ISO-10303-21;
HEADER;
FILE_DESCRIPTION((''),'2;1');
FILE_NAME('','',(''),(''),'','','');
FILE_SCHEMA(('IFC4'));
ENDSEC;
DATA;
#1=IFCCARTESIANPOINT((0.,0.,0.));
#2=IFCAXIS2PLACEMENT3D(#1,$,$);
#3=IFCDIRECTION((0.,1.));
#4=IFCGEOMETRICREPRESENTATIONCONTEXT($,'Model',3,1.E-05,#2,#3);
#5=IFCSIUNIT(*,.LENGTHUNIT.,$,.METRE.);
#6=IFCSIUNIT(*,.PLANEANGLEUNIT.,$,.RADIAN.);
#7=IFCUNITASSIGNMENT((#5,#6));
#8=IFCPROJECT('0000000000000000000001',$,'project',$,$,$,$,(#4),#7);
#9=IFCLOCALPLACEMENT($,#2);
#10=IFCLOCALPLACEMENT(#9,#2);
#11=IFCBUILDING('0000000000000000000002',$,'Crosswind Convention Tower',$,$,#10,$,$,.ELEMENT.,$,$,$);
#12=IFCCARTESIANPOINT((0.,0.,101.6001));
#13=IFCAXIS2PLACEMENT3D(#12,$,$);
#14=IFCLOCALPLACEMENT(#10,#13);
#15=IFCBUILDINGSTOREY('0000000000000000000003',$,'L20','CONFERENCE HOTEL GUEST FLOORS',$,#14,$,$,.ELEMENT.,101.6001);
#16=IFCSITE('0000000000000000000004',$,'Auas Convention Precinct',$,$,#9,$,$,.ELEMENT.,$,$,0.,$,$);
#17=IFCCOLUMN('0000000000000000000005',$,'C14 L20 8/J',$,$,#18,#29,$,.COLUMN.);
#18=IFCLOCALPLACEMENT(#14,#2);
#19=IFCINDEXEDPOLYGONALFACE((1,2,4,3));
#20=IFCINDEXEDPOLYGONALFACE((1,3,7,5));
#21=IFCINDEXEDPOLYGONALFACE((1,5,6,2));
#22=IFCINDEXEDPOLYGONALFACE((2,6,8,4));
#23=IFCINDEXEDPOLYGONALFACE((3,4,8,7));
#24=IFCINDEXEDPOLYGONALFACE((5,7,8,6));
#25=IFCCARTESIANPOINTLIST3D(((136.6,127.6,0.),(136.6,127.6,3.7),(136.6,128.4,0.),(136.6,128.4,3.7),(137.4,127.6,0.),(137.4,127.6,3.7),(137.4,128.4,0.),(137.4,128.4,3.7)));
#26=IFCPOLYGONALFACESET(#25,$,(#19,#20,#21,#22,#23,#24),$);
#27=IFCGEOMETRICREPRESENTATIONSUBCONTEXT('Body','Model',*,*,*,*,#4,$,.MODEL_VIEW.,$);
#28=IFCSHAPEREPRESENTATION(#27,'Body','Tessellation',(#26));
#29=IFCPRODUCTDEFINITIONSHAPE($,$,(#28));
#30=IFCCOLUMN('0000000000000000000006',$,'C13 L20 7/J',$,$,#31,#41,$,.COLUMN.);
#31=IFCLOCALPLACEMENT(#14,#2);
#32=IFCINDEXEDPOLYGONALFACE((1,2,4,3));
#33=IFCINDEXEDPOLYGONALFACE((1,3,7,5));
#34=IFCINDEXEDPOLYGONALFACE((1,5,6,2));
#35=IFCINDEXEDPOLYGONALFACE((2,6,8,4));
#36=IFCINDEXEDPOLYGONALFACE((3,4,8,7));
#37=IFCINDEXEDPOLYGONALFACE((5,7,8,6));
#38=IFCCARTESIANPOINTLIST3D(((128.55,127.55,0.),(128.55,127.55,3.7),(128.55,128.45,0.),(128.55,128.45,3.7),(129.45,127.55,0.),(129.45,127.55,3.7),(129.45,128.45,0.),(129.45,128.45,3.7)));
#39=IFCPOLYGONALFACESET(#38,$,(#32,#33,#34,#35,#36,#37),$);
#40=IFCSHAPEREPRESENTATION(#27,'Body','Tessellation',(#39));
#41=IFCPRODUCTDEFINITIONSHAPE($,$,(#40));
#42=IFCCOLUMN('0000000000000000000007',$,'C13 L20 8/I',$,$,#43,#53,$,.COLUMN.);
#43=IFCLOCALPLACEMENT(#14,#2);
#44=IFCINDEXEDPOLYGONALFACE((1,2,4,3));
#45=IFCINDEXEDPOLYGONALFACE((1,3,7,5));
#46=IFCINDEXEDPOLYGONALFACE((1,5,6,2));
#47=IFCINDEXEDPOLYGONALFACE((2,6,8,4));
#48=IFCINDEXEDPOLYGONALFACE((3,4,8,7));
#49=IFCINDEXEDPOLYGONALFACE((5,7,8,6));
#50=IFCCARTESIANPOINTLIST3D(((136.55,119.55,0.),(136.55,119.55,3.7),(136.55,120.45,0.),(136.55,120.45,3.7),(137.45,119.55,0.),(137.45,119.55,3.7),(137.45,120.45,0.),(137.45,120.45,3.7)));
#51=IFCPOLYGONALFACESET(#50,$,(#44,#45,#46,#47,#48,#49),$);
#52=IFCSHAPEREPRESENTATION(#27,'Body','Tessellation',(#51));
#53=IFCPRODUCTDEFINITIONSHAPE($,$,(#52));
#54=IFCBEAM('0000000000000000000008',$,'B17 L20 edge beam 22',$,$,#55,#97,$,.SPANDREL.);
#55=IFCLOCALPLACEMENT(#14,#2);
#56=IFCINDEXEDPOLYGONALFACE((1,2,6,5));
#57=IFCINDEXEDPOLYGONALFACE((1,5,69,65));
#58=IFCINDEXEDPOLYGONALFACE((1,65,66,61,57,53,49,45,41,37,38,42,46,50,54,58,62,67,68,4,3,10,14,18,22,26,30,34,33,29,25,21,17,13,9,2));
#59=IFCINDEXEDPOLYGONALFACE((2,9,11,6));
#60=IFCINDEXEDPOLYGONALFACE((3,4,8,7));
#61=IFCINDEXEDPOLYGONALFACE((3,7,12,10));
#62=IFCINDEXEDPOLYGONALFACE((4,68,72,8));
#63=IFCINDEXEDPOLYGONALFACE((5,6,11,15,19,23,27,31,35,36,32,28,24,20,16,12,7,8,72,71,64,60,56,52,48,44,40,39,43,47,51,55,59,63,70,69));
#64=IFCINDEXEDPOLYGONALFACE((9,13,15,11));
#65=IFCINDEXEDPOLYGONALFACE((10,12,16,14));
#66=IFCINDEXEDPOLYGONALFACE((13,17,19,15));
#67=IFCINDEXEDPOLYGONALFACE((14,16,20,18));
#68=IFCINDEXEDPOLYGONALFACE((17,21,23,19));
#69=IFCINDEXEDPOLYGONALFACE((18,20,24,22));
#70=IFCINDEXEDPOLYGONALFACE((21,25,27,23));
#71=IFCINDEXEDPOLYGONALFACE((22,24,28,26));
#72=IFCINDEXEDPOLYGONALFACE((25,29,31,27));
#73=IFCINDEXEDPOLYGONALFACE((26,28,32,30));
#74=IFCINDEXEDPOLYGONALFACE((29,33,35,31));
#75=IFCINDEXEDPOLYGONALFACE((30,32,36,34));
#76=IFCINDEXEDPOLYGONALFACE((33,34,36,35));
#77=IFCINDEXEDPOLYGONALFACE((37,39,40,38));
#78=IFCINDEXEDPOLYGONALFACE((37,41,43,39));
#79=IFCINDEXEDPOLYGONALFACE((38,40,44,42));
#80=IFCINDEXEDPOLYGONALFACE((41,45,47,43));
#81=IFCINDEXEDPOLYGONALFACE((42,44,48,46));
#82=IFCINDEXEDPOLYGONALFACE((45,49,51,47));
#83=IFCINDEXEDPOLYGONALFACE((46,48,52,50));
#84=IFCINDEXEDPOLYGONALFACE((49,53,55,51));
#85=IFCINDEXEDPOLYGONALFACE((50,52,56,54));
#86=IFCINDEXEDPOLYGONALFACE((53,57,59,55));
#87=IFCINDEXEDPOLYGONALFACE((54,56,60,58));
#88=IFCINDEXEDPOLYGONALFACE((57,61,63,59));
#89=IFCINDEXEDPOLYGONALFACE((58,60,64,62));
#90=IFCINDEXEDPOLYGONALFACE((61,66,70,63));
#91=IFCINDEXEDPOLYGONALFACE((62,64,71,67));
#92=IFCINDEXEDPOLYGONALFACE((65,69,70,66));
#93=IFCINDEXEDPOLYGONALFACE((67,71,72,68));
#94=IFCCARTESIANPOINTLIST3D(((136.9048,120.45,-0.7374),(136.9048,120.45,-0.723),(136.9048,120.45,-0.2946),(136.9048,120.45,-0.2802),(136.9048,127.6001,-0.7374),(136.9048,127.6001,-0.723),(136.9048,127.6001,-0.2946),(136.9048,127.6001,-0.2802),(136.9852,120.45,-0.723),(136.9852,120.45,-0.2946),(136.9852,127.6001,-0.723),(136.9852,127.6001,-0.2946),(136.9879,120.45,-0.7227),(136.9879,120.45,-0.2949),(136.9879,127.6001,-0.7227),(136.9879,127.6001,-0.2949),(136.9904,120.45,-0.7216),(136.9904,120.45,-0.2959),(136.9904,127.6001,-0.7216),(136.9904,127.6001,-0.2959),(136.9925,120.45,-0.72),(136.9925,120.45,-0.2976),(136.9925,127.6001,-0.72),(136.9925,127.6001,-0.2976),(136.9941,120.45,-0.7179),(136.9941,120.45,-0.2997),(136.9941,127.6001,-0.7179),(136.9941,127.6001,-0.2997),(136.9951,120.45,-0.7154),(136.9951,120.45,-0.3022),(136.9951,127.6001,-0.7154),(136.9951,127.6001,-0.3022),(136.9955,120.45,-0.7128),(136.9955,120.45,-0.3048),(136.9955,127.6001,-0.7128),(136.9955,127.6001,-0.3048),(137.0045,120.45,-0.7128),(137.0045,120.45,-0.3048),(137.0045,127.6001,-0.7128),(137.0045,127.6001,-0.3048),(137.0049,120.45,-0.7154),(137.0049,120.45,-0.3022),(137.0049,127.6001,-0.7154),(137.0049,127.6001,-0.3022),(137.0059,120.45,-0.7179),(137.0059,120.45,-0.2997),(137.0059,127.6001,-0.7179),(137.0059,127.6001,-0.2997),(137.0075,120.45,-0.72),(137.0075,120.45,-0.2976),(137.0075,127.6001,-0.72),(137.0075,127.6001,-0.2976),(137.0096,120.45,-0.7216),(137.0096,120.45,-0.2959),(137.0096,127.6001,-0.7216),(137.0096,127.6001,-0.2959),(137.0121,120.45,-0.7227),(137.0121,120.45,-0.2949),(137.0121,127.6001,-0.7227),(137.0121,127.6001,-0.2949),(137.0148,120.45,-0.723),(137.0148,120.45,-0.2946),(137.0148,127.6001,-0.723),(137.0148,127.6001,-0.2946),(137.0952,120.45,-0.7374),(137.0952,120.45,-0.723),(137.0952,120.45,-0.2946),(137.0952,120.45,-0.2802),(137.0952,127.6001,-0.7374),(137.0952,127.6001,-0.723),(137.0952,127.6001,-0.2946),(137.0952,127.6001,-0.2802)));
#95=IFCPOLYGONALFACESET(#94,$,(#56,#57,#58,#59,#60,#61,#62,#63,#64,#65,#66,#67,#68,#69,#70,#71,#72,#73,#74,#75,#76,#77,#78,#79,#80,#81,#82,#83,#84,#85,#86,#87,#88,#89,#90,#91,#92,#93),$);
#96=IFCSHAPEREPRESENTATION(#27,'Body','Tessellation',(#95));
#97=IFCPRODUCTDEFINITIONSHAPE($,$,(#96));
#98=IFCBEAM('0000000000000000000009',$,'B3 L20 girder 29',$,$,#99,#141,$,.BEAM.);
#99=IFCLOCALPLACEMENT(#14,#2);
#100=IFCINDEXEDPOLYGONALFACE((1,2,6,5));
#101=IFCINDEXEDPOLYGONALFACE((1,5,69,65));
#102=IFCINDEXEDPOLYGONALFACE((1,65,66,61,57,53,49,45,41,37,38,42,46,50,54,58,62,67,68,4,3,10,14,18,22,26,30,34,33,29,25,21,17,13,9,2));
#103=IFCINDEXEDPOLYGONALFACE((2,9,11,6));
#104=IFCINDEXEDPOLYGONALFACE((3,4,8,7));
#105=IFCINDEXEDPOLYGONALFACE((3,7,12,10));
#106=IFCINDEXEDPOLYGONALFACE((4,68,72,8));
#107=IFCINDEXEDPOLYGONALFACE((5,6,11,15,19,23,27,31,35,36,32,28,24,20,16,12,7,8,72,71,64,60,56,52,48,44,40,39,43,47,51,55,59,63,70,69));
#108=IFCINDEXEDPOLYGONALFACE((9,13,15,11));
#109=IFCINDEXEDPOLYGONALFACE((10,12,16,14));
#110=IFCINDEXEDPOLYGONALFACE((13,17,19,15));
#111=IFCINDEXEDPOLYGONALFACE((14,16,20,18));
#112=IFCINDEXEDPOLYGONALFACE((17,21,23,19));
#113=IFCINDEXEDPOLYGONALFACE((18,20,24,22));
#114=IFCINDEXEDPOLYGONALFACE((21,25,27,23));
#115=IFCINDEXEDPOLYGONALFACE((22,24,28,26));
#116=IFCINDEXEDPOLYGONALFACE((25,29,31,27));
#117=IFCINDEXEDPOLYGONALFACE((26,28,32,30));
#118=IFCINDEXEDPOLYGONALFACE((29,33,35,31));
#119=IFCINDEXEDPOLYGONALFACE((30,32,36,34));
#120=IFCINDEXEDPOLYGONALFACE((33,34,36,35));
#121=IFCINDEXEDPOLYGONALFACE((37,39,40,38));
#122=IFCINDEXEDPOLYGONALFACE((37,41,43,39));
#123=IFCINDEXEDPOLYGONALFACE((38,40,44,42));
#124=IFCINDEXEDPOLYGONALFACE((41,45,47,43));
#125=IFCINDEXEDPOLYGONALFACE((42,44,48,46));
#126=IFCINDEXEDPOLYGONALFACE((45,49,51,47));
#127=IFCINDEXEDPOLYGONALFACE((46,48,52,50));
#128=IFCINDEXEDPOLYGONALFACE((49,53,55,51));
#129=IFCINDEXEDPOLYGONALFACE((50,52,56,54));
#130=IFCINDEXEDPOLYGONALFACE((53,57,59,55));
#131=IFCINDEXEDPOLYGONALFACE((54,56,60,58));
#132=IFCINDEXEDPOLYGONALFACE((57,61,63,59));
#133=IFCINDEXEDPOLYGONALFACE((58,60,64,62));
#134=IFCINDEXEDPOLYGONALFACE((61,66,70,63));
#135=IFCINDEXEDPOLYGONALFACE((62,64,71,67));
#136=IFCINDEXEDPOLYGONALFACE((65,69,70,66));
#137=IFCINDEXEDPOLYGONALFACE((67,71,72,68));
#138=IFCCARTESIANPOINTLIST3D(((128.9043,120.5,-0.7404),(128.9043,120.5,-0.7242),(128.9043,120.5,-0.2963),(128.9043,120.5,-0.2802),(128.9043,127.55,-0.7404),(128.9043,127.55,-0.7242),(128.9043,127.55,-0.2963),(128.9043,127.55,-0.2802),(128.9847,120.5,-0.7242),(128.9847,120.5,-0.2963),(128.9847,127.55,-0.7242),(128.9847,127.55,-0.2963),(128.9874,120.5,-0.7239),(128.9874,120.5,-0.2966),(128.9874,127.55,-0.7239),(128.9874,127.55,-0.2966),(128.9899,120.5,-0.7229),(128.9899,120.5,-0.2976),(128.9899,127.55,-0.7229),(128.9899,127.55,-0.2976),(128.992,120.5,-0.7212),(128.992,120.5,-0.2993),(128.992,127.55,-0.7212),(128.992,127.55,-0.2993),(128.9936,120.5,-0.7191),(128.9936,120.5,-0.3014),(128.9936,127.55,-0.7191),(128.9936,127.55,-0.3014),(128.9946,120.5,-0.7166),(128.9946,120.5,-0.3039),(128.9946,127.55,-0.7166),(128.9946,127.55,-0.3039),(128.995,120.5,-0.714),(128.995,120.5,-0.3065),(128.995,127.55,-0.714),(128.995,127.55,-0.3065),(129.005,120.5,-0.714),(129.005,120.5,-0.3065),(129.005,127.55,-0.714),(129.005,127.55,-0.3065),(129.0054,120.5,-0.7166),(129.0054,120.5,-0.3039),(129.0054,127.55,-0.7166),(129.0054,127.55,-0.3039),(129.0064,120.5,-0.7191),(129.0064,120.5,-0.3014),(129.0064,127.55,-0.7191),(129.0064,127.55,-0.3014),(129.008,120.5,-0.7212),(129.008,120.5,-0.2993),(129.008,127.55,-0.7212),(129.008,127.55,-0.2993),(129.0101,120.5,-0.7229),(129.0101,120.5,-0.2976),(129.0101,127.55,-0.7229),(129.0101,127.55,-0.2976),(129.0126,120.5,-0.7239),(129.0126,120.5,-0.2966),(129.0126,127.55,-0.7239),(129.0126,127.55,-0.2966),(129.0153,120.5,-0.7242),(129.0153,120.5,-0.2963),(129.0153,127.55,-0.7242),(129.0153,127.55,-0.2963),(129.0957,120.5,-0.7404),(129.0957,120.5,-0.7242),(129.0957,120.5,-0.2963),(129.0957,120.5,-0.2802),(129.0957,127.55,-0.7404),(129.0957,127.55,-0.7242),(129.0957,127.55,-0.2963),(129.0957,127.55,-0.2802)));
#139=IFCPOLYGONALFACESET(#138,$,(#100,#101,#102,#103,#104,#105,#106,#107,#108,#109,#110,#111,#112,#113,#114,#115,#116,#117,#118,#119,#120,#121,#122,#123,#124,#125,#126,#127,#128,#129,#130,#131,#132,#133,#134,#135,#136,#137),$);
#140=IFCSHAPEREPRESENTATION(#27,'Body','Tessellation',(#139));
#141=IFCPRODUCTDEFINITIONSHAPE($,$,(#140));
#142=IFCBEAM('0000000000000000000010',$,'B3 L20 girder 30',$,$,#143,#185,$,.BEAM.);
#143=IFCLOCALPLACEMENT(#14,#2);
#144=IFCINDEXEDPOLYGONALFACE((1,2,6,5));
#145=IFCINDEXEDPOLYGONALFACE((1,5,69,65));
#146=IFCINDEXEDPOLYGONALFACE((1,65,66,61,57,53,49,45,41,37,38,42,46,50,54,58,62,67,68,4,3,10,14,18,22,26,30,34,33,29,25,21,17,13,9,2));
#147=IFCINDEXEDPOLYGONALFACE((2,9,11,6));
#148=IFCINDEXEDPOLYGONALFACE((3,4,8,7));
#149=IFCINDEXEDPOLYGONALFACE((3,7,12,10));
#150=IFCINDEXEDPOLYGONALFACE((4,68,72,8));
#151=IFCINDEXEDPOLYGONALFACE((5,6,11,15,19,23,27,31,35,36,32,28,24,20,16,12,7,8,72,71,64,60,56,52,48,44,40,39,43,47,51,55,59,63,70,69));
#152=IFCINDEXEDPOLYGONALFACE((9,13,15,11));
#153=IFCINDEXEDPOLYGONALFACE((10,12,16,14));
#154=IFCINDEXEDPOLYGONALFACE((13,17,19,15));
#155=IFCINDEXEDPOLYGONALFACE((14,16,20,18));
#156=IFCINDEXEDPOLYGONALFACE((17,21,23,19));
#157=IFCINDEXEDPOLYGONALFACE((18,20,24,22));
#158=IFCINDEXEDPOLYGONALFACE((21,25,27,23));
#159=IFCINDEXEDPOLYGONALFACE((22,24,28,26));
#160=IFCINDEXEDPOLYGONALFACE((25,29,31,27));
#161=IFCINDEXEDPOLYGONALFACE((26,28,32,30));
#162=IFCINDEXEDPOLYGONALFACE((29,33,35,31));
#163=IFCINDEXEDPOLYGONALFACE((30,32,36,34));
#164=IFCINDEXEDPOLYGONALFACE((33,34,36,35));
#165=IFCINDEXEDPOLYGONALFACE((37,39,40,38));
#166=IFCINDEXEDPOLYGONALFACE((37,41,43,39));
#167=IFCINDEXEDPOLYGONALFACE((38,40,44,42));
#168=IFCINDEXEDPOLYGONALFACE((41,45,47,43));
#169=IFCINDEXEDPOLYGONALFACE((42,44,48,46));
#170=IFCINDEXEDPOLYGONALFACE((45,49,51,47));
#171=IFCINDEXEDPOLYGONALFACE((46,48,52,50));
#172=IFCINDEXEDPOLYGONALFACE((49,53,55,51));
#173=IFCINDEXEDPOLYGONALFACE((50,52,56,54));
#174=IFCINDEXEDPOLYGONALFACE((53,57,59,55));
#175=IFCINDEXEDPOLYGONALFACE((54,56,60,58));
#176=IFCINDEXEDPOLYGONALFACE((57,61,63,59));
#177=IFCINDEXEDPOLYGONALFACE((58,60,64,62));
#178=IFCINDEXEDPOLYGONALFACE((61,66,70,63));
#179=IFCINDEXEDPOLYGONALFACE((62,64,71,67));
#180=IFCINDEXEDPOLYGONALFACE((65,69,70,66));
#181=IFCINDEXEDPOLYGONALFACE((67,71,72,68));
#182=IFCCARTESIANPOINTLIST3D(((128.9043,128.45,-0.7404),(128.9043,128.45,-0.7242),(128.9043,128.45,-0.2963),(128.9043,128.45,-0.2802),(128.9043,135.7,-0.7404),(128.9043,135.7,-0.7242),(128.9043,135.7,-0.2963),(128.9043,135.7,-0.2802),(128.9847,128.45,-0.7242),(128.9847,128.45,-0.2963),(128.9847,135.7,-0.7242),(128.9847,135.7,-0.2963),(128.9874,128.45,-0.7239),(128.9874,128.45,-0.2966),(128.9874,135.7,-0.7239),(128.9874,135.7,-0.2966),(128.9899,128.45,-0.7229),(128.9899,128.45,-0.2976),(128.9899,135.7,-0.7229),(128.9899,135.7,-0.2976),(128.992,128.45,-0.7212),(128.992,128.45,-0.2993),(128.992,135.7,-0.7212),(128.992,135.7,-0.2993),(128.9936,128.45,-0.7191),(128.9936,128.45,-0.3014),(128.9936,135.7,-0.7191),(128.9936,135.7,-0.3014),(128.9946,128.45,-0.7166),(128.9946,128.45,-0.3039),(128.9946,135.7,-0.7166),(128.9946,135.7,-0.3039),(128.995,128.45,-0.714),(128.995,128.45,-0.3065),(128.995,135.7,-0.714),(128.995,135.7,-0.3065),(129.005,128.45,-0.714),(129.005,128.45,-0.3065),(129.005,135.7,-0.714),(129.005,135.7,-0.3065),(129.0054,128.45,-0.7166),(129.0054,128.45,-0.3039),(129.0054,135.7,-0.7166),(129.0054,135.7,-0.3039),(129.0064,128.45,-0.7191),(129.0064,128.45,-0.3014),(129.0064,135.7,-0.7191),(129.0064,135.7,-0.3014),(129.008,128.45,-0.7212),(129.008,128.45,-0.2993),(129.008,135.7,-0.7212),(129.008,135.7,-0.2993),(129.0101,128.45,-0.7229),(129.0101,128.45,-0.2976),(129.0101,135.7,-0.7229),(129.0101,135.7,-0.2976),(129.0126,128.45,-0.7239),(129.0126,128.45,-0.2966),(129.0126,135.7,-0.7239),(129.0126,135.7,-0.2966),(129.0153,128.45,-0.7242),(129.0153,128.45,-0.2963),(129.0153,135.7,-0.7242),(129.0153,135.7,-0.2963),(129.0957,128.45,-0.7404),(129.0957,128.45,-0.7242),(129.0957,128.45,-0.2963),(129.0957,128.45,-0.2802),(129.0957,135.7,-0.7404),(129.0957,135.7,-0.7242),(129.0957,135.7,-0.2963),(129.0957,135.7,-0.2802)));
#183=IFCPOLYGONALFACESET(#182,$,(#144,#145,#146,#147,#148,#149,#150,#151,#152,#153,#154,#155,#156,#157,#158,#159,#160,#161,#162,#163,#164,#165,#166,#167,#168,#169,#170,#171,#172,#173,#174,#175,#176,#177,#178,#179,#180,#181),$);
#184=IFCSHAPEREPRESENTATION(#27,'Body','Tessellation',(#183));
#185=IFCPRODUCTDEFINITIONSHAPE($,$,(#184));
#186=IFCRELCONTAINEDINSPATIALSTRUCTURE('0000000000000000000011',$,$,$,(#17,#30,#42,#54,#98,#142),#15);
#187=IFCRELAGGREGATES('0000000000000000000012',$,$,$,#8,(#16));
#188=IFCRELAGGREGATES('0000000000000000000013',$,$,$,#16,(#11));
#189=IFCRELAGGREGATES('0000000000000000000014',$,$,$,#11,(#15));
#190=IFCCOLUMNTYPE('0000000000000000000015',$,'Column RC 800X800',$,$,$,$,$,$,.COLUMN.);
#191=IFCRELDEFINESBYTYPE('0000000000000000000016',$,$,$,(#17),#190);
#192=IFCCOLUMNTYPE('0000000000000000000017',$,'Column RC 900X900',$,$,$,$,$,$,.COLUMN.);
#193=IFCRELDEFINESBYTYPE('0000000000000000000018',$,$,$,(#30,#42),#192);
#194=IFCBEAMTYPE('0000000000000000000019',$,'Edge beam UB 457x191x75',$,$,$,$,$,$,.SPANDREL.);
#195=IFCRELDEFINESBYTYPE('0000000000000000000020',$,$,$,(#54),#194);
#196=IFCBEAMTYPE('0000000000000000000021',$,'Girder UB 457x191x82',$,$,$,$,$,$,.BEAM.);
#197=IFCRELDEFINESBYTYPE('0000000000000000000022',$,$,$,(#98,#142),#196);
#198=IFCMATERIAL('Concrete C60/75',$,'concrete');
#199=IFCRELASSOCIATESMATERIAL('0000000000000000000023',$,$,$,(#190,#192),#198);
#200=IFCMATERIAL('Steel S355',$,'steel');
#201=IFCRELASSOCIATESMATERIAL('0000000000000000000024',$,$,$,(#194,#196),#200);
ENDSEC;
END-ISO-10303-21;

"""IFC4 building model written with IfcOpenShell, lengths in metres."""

from ifc_helpers import new_model, si_unit, direction, frame, origin, origin_2d, place, context, subcontext, project, spatial, rectangle, i_section, extrude, material, material_profile, profile_set, type_object, element, save


model = new_model("IFC4")

# Units and contexts
model_context = context("Model", 3, precision=1e-05, world=origin(), true_north=direction((0.0, 1.0)))
body_context = subcontext(model_context, "Body", "Model", "MODEL_VIEW")
ifc_project = project(units=[si_unit("LENGTHUNIT", "METRE"), si_unit("PLANEANGLEUNIT", "RADIAN")], contexts=[model_context])

# Site, building, storey
site_placement = place(None, origin())
site = spatial("IfcSite", under=ifc_project, at=site_placement, Name="Auas Convention Precinct", CompositionType="ELEMENT", RefElevation=0.0)
building_placement = place(site_placement, origin())
building = spatial("IfcBuilding", under=site, at=building_placement, Name="Crosswind Convention Tower", CompositionType="ELEMENT")
storey_placement = place(building_placement, frame((0.0, 0.0, 101.6001)))
storey = spatial("IfcBuildingStorey", under=building, at=storey_placement, Name="L20", Description="CONFERENCE HOTEL GUEST FLOORS", CompositionType="ELEMENT", Elevation=101.6001)

# Columns
ifc_material_1 = material(Name="Concrete C60/75", Category="concrete")
ifc_material_profile_1 = material_profile(ifc_material_1, rectangle(XDim=0.8, YDim=0.8, at=origin_2d()), Name="RC 800X800")
ifc_profile_set_1 = profile_set([ifc_material_profile_1], Name="Concrete C60/75")
column_type_1 = type_object("IfcColumnType", Name="Column RC 800X800", PredefinedType="COLUMN", material=ifc_profile_set_1)
column_placement = place(storey_placement, frame((137.0, 128.0, 0.0), z_axis=(0.0, 0.0, 1.0), x_axis=(1.0, 0.0, 0.0)))
element("IfcColumn", 1, at=column_placement, inside=storey, type_object=column_type_1, Name="C14 L20 8/J", PredefinedType="COLUMN", context=body_context, shape_type="SweptSolid", body=[
    extrude(rectangle(XDim=0.8, YDim=0.8, at=origin_2d()), origin(), (0.0, 0.0, 1.0), 3.7),
])
ifc_material_profile_2 = material_profile(ifc_material_1, rectangle(XDim=0.8999, YDim=0.8999, at=origin_2d()), Name="RC 900X900")
ifc_profile_set_2 = profile_set([ifc_material_profile_2], Name="Concrete C60/75")
column_type_2 = type_object("IfcColumnType", Name="Column RC 900X900", PredefinedType="COLUMN", material=ifc_profile_set_2)
for number, where, z_axis, x_axis, name in (
    (2, (129.0, 128.0, 0.0), (0.0, 0.0, 1.0), (1.0, 0.0, 0.0), "C13 L20 7/J"),
    (3, (137.0, 120.0, 0.0), (0.0, 0.0, 1.0), (1.0, 0.0, 0.0), "C13 L20 8/I"),
):
    element("IfcColumn", number, at=place(storey_placement, frame(where, z_axis=z_axis, x_axis=x_axis)), inside=storey, type_object=column_type_2, Name=name, PredefinedType="COLUMN", context=body_context, shape_type="SweptSolid", body=[
        extrude(rectangle(XDim=0.8999, YDim=0.8999, at=origin_2d()), origin(), (0.0, 0.0, 1.0), 3.7),
    ])

# Beams
ifc_material_2 = material(Name="Steel S355", Category="steel")
ifc_material_profile_3 = material_profile(ifc_material_2, i_section(OverallWidth=0.1904, OverallDepth=0.4573, WebThickness=0.009, FlangeThickness=0.0144, FilletRadius=0.0103, at=origin_2d()), Name="UB 457x191x75")
ifc_profile_set_3 = profile_set([ifc_material_profile_3], Name="Steel S355")
beam_type_1 = type_object("IfcBeamType", Name="Edge beam UB 457x191x75", PredefinedType="SPANDREL", material=ifc_profile_set_3)
beam_1_placement = place(storey_placement, frame((137.0, 120.45, -0.5088), z_axis=(0.0, 1.0, 0.0), x_axis=(-1.0, 0.0, 0.0)))
element("IfcBeam", 4, at=beam_1_placement, inside=storey, type_object=beam_type_1, Name="B17 L20 edge beam 22", PredefinedType="SPANDREL", context=body_context, shape_type="SweptSolid", body=[
    extrude(i_section(OverallWidth=0.1904, OverallDepth=0.4573, WebThickness=0.009, FlangeThickness=0.0144, FilletRadius=0.0103, at=origin_2d()), origin(), (0.0, 0.0, 1.0), 7.1501),
])
ifc_material_profile_4 = material_profile(ifc_material_2, i_section(OverallWidth=0.1914, OverallDepth=0.4602, WebThickness=0.01, FlangeThickness=0.0161, FilletRadius=0.0103, at=origin_2d()), Name="UB 457x191x82")
ifc_profile_set_4 = profile_set([ifc_material_profile_4], Name="Steel S355")
beam_type_2 = type_object("IfcBeamType", Name="Girder UB 457x191x82", PredefinedType="BEAM", material=ifc_profile_set_4)
beam_2_placement = place(storey_placement, frame((129.0, 120.5, -0.5103), z_axis=(0.0, 1.0, 0.0), x_axis=(-1.0, 0.0, 0.0)))
element("IfcBeam", 5, at=beam_2_placement, inside=storey, type_object=beam_type_2, Name="B3 L20 girder 29", PredefinedType="BEAM", context=body_context, shape_type="SweptSolid", body=[
    extrude(i_section(OverallWidth=0.1914, OverallDepth=0.4602, WebThickness=0.01, FlangeThickness=0.0161, FilletRadius=0.0103, at=origin_2d()), origin(), (0.0, 0.0, 1.0), 7.05),
])
beam_3_placement = place(storey_placement, frame((129.0, 128.45, -0.5103), z_axis=(0.0, 1.0, 0.0), x_axis=(-1.0, 0.0, 0.0)))
element("IfcBeam", 6, at=beam_3_placement, inside=storey, type_object=beam_type_2, Name="B3 L20 girder 30", PredefinedType="BEAM", context=body_context, shape_type="SweptSolid", body=[
    extrude(i_section(OverallWidth=0.1914, OverallDepth=0.4602, WebThickness=0.01, FlangeThickness=0.0161, FilletRadius=0.0103, at=origin_2d()), origin(), (0.0, 0.0, 1.0), 7.25),
])

save(model, "model.ifc")
